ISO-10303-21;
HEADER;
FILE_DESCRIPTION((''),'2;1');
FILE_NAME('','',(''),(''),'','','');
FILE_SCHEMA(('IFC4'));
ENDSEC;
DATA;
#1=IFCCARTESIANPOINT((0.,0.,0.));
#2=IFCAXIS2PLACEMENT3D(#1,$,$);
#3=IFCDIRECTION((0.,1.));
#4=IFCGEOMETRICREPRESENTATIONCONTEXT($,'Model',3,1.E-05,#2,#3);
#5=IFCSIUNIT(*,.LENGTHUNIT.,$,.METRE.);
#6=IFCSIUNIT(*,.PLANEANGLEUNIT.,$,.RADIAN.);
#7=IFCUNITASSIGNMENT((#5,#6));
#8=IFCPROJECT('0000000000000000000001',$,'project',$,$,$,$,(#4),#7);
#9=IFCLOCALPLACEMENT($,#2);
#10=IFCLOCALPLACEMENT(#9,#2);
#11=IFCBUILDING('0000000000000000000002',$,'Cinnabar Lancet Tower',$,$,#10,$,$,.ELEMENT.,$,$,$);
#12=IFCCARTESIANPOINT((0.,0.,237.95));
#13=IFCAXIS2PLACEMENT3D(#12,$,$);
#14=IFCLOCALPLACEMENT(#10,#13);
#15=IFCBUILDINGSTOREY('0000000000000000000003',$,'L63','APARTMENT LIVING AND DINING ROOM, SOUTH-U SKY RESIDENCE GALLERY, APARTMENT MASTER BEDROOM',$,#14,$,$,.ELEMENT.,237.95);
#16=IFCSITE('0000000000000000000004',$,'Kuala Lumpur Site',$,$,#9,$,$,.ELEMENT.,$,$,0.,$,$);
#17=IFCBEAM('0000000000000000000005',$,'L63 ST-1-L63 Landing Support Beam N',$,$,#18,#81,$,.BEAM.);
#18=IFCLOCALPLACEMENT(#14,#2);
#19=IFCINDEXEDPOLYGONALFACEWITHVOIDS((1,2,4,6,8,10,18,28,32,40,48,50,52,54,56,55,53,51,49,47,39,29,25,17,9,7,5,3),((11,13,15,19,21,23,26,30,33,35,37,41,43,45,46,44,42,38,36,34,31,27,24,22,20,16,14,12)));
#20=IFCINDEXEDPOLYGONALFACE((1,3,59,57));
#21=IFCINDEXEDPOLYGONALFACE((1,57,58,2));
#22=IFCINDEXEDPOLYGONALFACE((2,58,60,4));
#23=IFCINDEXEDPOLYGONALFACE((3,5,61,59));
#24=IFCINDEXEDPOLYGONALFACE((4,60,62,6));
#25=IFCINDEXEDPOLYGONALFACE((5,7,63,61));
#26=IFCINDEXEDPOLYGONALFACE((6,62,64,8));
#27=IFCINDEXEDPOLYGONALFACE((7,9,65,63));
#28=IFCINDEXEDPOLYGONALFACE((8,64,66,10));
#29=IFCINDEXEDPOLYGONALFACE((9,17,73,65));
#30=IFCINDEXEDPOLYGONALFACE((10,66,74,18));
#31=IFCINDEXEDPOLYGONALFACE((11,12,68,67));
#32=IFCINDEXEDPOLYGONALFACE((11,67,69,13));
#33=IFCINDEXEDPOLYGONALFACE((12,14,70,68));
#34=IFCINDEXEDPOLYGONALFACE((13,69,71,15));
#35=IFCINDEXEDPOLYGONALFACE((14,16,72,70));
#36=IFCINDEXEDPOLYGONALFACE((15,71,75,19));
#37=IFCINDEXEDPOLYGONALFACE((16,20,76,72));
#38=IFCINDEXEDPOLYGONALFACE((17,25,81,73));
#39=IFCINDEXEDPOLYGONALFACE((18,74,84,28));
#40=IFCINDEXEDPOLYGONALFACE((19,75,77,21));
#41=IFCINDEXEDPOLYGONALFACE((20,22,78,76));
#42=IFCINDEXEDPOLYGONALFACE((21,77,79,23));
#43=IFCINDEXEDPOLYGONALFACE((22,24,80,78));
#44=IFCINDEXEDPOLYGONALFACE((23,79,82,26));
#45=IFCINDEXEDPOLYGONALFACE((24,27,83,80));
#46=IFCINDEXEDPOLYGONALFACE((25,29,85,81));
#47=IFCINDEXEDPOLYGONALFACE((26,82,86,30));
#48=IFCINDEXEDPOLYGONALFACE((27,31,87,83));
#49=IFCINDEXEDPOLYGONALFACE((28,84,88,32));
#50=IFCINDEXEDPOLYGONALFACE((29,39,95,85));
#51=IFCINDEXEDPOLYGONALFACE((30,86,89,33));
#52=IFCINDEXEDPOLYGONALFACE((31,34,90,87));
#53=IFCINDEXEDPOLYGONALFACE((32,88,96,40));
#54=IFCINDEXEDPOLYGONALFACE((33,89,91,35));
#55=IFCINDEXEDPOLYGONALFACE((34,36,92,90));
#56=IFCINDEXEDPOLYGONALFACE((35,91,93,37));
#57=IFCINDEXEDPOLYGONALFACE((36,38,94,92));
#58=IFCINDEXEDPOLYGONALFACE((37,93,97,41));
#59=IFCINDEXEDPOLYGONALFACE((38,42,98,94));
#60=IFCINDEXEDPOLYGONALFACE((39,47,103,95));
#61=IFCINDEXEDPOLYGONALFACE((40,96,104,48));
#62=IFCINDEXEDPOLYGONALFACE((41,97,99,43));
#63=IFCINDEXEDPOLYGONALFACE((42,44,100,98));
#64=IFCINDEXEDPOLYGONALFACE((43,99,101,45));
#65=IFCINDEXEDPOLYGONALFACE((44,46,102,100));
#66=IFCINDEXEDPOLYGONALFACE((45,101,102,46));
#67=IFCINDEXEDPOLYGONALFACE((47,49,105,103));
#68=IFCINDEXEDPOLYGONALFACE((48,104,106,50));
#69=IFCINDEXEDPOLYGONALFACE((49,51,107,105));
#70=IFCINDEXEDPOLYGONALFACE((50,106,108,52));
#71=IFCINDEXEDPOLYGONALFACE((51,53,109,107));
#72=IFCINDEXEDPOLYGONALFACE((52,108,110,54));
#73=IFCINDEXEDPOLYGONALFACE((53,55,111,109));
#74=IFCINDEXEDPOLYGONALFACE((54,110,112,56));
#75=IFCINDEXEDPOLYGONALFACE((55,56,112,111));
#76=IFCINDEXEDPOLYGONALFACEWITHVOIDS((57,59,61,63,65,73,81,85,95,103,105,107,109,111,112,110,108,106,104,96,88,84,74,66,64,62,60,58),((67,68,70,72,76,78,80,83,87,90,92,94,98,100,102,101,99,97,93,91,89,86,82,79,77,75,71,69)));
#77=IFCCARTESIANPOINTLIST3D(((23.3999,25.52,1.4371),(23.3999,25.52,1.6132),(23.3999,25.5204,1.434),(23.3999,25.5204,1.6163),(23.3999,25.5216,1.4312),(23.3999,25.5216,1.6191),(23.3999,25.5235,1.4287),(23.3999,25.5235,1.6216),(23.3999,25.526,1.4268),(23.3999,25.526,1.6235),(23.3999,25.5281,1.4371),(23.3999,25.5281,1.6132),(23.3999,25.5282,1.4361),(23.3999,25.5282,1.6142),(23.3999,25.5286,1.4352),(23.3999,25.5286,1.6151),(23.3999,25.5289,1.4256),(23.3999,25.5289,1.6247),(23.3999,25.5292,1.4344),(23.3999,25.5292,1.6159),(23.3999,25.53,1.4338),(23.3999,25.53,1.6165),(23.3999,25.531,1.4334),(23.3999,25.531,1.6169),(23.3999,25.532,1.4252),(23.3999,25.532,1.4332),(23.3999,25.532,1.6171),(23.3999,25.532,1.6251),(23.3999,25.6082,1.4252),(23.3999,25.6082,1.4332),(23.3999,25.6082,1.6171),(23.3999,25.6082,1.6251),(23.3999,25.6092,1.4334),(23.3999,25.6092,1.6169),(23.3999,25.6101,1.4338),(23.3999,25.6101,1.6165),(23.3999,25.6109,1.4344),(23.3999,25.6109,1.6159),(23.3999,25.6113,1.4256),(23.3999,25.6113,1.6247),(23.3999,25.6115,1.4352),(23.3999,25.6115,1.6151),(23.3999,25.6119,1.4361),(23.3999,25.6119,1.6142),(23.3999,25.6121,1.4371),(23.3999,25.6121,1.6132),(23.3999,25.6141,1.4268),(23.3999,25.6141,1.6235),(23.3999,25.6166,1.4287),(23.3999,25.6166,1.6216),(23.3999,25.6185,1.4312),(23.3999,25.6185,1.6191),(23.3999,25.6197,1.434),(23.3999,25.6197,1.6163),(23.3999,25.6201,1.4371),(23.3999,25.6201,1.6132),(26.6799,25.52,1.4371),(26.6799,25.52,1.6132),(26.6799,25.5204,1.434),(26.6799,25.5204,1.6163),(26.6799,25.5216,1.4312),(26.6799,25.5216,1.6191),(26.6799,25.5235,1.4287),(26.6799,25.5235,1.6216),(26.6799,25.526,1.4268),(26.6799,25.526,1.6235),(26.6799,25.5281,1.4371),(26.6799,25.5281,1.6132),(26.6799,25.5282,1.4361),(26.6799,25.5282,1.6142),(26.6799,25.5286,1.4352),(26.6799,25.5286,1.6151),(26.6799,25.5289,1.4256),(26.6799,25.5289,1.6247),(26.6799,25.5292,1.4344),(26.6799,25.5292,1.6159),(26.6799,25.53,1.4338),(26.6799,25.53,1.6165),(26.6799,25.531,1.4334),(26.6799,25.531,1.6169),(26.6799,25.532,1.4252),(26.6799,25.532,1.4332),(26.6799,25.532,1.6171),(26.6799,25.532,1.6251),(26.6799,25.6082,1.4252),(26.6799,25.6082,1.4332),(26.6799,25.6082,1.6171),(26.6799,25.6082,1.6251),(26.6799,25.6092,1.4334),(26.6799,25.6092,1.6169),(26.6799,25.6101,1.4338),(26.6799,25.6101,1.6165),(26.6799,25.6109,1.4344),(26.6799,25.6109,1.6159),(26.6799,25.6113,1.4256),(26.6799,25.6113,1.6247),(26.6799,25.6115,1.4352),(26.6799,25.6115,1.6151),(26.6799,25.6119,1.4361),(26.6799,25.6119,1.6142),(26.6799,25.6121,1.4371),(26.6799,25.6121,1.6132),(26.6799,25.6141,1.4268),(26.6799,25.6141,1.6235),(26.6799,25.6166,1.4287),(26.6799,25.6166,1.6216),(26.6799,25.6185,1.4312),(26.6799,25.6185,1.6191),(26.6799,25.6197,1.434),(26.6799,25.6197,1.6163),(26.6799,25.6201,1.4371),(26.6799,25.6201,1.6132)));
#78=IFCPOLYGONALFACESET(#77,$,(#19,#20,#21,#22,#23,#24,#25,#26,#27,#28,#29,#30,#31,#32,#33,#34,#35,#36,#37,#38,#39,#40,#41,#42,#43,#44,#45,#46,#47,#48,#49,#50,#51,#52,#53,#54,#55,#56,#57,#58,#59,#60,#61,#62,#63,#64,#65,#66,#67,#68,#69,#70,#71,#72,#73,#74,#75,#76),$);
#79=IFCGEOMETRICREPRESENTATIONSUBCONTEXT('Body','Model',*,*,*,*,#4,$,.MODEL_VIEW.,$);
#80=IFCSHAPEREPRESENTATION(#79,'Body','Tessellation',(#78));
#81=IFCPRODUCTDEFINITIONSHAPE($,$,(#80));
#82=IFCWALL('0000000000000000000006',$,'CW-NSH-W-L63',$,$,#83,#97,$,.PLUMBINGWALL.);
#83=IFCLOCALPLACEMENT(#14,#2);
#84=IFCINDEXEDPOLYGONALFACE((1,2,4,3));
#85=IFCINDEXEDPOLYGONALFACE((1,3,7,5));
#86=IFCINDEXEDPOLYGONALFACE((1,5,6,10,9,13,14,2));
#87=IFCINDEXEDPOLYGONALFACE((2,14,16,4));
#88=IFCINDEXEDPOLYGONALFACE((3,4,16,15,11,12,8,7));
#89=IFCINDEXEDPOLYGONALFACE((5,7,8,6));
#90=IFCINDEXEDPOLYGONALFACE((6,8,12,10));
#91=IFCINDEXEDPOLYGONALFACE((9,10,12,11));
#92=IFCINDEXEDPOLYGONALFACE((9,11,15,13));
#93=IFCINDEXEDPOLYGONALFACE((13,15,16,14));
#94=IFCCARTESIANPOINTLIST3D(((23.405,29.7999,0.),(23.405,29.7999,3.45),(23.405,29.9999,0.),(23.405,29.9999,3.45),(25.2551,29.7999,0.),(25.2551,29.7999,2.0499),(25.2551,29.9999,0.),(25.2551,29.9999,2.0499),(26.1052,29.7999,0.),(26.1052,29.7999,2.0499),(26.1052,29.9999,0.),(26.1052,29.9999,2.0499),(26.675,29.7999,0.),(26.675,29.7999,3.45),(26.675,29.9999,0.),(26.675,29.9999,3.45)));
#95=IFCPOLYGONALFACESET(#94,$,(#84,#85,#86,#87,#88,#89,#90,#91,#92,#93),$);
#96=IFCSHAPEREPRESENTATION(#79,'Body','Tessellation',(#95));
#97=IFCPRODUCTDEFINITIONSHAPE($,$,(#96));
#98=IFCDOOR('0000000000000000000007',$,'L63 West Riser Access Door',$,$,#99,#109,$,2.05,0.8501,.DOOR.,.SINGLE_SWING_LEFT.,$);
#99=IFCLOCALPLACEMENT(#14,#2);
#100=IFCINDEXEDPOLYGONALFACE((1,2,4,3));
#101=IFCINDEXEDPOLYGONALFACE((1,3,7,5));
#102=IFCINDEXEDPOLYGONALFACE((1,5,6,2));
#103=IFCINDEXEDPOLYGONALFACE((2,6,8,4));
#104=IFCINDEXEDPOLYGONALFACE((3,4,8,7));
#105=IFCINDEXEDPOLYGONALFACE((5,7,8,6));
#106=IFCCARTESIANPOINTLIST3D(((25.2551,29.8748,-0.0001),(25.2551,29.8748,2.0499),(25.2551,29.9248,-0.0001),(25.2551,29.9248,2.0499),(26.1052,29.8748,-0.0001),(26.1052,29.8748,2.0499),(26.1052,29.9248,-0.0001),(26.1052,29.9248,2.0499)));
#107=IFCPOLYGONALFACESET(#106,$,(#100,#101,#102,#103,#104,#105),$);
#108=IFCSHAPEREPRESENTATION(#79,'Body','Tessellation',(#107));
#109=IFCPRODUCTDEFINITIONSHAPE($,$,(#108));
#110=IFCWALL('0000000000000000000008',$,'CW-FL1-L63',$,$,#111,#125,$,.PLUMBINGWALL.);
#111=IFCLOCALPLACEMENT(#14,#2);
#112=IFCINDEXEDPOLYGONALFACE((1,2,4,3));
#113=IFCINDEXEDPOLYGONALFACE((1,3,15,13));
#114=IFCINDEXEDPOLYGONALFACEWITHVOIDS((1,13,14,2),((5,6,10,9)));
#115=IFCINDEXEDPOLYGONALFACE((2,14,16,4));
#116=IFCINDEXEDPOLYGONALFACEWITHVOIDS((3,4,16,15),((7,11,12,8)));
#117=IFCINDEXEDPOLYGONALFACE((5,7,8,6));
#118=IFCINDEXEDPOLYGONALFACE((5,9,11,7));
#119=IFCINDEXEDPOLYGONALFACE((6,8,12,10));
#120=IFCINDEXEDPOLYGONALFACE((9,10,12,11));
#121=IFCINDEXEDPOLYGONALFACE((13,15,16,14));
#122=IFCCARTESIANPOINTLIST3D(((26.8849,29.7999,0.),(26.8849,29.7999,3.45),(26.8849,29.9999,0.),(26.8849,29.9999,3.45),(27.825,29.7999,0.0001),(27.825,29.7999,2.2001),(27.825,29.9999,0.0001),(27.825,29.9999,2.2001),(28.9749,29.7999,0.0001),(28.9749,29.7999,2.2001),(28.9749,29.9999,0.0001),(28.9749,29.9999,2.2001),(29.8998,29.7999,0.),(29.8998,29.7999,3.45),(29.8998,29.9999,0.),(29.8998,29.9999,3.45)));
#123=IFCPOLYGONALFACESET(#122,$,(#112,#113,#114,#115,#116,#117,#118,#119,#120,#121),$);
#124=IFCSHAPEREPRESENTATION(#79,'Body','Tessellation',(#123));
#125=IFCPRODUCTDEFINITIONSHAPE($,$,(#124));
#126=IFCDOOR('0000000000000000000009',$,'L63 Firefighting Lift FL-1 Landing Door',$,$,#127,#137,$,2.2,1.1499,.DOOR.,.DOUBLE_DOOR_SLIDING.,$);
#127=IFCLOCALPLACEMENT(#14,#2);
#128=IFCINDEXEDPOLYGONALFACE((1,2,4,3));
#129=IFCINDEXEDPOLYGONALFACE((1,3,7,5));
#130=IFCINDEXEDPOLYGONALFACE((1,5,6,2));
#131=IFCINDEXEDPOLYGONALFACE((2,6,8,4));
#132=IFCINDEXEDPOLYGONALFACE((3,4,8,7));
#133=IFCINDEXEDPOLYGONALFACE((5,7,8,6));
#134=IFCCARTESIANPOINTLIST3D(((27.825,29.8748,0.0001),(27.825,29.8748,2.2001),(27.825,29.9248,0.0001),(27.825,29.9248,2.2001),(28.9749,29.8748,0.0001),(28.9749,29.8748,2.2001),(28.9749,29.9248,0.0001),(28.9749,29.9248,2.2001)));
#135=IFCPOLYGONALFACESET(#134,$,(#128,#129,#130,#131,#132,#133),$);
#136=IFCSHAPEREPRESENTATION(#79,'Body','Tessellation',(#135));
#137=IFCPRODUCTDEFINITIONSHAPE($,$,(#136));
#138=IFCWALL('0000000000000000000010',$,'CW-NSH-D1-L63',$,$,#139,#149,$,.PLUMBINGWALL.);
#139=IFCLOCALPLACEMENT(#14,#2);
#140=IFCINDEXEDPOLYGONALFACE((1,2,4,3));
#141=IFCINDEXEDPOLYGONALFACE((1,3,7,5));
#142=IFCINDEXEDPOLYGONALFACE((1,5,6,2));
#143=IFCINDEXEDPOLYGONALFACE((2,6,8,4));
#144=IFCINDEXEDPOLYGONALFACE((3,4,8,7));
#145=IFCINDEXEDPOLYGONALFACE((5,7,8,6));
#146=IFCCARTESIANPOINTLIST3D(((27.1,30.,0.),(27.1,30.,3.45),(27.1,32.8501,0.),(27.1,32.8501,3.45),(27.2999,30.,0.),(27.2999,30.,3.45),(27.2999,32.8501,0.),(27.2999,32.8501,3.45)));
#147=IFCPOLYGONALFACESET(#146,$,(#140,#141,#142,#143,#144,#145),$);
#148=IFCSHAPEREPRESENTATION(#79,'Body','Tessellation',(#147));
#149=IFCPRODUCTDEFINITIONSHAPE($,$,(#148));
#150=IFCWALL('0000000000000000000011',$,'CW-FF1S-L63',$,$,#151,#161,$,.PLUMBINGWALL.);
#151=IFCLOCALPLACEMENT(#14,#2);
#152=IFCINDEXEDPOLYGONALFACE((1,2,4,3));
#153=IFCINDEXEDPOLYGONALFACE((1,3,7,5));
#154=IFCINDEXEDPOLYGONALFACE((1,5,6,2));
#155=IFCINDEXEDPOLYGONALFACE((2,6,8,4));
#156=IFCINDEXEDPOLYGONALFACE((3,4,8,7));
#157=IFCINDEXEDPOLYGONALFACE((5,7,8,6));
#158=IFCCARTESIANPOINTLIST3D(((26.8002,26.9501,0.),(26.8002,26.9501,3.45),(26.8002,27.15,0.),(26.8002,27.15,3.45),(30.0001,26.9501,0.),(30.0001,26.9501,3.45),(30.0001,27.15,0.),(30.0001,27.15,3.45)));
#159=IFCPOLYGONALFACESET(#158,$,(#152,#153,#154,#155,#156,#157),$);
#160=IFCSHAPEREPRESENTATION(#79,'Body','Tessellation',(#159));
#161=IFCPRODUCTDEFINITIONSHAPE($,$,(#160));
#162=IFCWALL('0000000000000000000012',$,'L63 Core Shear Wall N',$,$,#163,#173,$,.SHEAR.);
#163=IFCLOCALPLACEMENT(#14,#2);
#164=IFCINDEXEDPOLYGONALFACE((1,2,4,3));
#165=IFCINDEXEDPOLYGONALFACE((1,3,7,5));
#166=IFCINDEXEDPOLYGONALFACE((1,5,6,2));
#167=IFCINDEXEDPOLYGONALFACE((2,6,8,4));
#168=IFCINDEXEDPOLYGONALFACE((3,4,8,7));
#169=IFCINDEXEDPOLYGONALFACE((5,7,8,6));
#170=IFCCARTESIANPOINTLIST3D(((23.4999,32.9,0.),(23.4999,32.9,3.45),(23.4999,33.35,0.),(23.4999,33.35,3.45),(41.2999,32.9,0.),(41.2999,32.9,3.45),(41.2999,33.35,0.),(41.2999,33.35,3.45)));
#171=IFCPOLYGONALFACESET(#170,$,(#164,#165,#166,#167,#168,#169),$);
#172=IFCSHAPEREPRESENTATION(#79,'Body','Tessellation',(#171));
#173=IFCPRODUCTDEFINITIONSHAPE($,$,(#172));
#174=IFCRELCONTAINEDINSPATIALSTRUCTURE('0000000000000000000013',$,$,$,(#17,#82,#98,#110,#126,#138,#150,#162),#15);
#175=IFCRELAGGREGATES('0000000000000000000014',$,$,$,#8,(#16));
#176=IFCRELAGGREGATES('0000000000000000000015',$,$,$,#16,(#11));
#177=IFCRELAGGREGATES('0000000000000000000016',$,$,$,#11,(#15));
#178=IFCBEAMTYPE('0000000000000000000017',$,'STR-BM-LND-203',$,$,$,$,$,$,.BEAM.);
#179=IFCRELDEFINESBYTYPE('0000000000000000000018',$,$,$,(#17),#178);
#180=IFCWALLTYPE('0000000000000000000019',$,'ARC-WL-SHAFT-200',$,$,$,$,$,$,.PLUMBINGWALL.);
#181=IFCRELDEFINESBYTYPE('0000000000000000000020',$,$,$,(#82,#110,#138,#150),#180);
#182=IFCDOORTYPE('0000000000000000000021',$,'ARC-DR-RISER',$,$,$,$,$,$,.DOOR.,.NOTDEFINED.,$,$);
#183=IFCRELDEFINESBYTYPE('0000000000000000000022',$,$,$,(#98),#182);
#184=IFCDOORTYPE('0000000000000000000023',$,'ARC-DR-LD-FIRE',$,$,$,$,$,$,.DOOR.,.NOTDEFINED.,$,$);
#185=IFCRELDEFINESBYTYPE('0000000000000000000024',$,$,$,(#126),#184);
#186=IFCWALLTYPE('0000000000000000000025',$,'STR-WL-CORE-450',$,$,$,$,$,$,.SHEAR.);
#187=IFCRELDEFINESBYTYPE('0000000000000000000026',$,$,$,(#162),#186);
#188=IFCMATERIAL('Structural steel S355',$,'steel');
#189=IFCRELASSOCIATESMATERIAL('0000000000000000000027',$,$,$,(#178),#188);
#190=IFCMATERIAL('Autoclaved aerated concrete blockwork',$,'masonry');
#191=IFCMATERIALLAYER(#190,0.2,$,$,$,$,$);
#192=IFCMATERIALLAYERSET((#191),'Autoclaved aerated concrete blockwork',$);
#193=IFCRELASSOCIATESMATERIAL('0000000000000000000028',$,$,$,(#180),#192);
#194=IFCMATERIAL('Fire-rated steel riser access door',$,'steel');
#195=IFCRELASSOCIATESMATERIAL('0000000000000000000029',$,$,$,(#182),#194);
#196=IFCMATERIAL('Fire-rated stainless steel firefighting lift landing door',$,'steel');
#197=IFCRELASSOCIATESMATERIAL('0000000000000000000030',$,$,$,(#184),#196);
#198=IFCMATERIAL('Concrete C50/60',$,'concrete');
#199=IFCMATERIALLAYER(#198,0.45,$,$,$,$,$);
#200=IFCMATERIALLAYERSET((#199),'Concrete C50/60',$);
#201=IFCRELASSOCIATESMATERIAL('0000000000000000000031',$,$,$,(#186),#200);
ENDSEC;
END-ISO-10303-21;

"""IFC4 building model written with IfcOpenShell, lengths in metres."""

from ifc_helpers import new_model, si_unit, direction, frame, frame_2d, origin, origin_2d, place, context, subcontext, project, spatial, rectangle, hollow_rectangle, extrude, material, layer, layer_set, material_profile, profile_set, type_object, element, fill, save


model = new_model("IFC4")

# Units and contexts
model_context = context("Model", 3, precision=1e-05, world=origin(), true_north=direction((0.0, 1.0)))
body_context = subcontext(model_context, "Body", "Model", "MODEL_VIEW")
ifc_project = project(units=[si_unit("LENGTHUNIT", "METRE"), si_unit("PLANEANGLEUNIT", "RADIAN")], contexts=[model_context])

# Site, building, storey
site_placement = place(None, origin())
site = spatial("IfcSite", under=ifc_project, at=site_placement, Name="Kuala Lumpur Site", CompositionType="ELEMENT", RefElevation=0.0)
building_placement = place(site_placement, origin())
building = spatial("IfcBuilding", under=site, at=building_placement, Name="Cinnabar Lancet Tower", CompositionType="ELEMENT")
storey_placement = place(building_placement, frame((0.0, 0.0, 237.95)))
storey = spatial("IfcBuildingStorey", under=building, at=storey_placement, Name="L63", Description="APARTMENT LIVING AND DINING ROOM, SOUTH-U SKY RESIDENCE GALLERY, APARTMENT MASTER BEDROOM", CompositionType="ELEMENT", Elevation=237.95)

# Beam
ifc_material_1 = material(Name="Structural steel S355", Category="steel")
ifc_material_profile_1 = material_profile(ifc_material_1, hollow_rectangle(XDim=0.1001, YDim=0.2, WallThickness=0.0081, InnerFilletRadius=0.0039, OuterFilletRadius=0.012, at=origin_2d()), Name="RHS 200x100x8")
ifc_profile_set_1 = profile_set([ifc_material_profile_1], Name="Structural steel S355")
beam_type_1 = type_object("IfcBeamType", Name="STR-BM-LND-203", PredefinedType="BEAM", material=ifc_profile_set_1)
beam_1_placement = place(storey_placement, frame((23.3999, 25.5701, 1.5251), z_axis=(1.0, 0.0, 0.0), x_axis=(0.0, 1.0, 0.0)))
element("IfcBeam", 1, at=beam_1_placement, inside=storey, type_object=beam_type_1, Name="L63 ST-1-L63 Landing Support Beam N", PredefinedType="BEAM", context=body_context, shape_type="SweptSolid", body=[
    extrude(hollow_rectangle(XDim=0.1001, YDim=0.2, WallThickness=0.0081, InnerFilletRadius=0.0039, OuterFilletRadius=0.012, at=origin_2d()), origin(), (0.0, 0.0, 1.0), 3.28),
])

# Walls, openings, doors
ifc_material_2 = material(Name="Autoclaved aerated concrete blockwork", Category="masonry")
ifc_layer_1 = layer(ifc_material_2, 0.2)
ifc_layer_set_1 = layer_set([ifc_layer_1], Name="Autoclaved aerated concrete blockwork")
wall_type_1 = type_object("IfcWallType", Name="ARC-WL-SHAFT-200", PredefinedType="PLUMBINGWALL", material=ifc_layer_set_1)
wall_1_placement = place(storey_placement, frame((23.405, 29.8999, 0.0), z_axis=(0.0, 0.0, 1.0), x_axis=(1.0, 0.0, 0.0)))
wall_1 = element("IfcWall", 2, at=wall_1_placement, inside=storey, type_object=wall_type_1, Name="CW-NSH-W-L63", PredefinedType="PLUMBINGWALL", context=body_context, shape_type="SweptSolid", body=[
    extrude(rectangle(XDim=3.27, YDim=0.2, at=frame_2d((1.635, 0.0))), origin(), (0.0, 0.0, 1.0), 3.45),
])
opening_1_placement = place(wall_1_placement, frame((1.8501, 0.0, 0.0)))
opening_1 = element("IfcOpeningElement", 3, at=opening_1_placement, cuts=wall_1, PredefinedType="OPENING", context=body_context, shape_type="SweptSolid", body=[
    extrude(rectangle(XDim=0.8501, YDim=2.05, at=frame_2d((0.425, 1.0249))), frame((0.0, 0.1099, 0.0), z_axis=(0.0, -1.0, 0.0), x_axis=(1.0, 0.0, 0.0)), (0.0, 0.0, 1.0), 0.22),
])
ifc_material_3 = material(Name="Fire-rated steel riser access door", Category="steel")
door_type_1 = type_object("IfcDoorType", Name="ARC-DR-RISER", OperationType="NOTDEFINED", PredefinedType="DOOR", material=ifc_material_3)
door_1_placement = place(opening_1_placement, origin())
door_1 = element("IfcDoor", 4, at=door_1_placement, inside=storey, type_object=door_type_1, Name="L63 West Riser Access Door", OperationType="SINGLE_SWING_LEFT", OverallHeight=2.05, OverallWidth=0.8501, PredefinedType="DOOR", context=body_context, shape_type="SweptSolid", body=[
    extrude(rectangle(XDim=0.8501, YDim=2.05, at=frame_2d((0.425, 1.0249))), frame((0.0, 0.0249, 0.0), z_axis=(0.0, -1.0, 0.0), x_axis=(1.0, 0.0, 0.0)), (0.0, 0.0, 1.0), 0.05),
])
fill(opening_1, door_1)
wall_2_placement = place(storey_placement, frame((26.885, 29.8999, 0.0), z_axis=(0.0, 0.0, 1.0), x_axis=(1.0, 0.0, 0.0)))
wall_2 = element("IfcWall", 5, at=wall_2_placement, inside=storey, type_object=wall_type_1, Name="CW-FL1-L63", PredefinedType="PLUMBINGWALL", context=body_context, shape_type="SweptSolid", body=[
    extrude(rectangle(XDim=3.0149, YDim=0.2, at=frame_2d((1.5073, 0.0))), origin(), (0.0, 0.0, 1.0), 3.45),
])
opening_2_placement = place(wall_2_placement, frame((0.9399, 0.0, 0.0)))
opening_2 = element("IfcOpeningElement", 6, at=opening_2_placement, cuts=wall_2, PredefinedType="OPENING", context=body_context, shape_type="SweptSolid", body=[
    extrude(rectangle(XDim=1.1499, YDim=2.2, at=frame_2d((0.575, 1.1001))), frame((0.0, 0.1099, 0.0), z_axis=(0.0, -1.0, 0.0), x_axis=(1.0, 0.0, 0.0)), (0.0, 0.0, 1.0), 0.22),
])
ifc_material_4 = material(Name="Fire-rated stainless steel firefighting lift landing door", Category="steel")
door_type_2 = type_object("IfcDoorType", Name="ARC-DR-LD-FIRE", OperationType="NOTDEFINED", PredefinedType="DOOR", material=ifc_material_4)
door_2_placement = place(opening_2_placement, origin())
door_2 = element("IfcDoor", 7, at=door_2_placement, inside=storey, type_object=door_type_2, Name="L63 Firefighting Lift FL-1 Landing Door", OperationType="DOUBLE_DOOR_SLIDING", OverallHeight=2.2, OverallWidth=1.1499, PredefinedType="DOOR", context=body_context, shape_type="SweptSolid", body=[
    extrude(rectangle(XDim=1.1499, YDim=2.2, at=frame_2d((0.575, 1.1001))), frame((0.0, 0.0249, 0.0), z_axis=(0.0, -1.0, 0.0), x_axis=(1.0, 0.0, 0.0)), (0.0, 0.0, 1.0), 0.05),
])
fill(opening_2, door_2)

# Walls
wall_3_placement = place(storey_placement, frame((27.2, 30.0, 0.0), z_axis=(0.0, 0.0, 1.0), x_axis=(0.0, 1.0, 0.0)))
element("IfcWall", 8, at=wall_3_placement, inside=storey, type_object=wall_type_1, Name="CW-NSH-D1-L63", PredefinedType="PLUMBINGWALL", context=body_context, shape_type="SweptSolid", body=[
    extrude(rectangle(XDim=2.8501, YDim=0.2, at=frame_2d((1.425, 0.0))), origin(), (0.0, 0.0, 1.0), 3.45),
])
wall_4_placement = place(storey_placement, frame((26.8, 27.05, 0.0), z_axis=(0.0, 0.0, 1.0), x_axis=(1.0, 0.0, 0.0)))
element("IfcWall", 9, at=wall_4_placement, inside=storey, type_object=wall_type_1, Name="CW-FF1S-L63", PredefinedType="PLUMBINGWALL", context=body_context, shape_type="SweptSolid", body=[
    extrude(rectangle(XDim=3.2, YDim=0.2, at=frame_2d((1.6001, 0.0))), origin(), (0.0, 0.0, 1.0), 3.45),
])
ifc_material_5 = material(Name="Concrete C50/60", Category="concrete")
ifc_layer_2 = layer(ifc_material_5, 0.45)
ifc_layer_set_2 = layer_set([ifc_layer_2], Name="Concrete C50/60")
wall_type_2 = type_object("IfcWallType", Name="STR-WL-CORE-450", PredefinedType="SHEAR", material=ifc_layer_set_2)
wall_5_placement = place(storey_placement, frame((23.5, 33.125, 0.0), z_axis=(0.0, 0.0, 1.0), x_axis=(1.0, 0.0, 0.0)))
element("IfcWall", 10, at=wall_5_placement, inside=storey, type_object=wall_type_2, Name="L63 Core Shear Wall N", PredefinedType="SHEAR", context=body_context, shape_type="SweptSolid", body=[
    extrude(rectangle(XDim=17.8, YDim=0.45, at=frame_2d((8.8999, 0.0))), origin(), (0.0, 0.0, 1.0), 3.45),
])

save(model, "model.ifc")
